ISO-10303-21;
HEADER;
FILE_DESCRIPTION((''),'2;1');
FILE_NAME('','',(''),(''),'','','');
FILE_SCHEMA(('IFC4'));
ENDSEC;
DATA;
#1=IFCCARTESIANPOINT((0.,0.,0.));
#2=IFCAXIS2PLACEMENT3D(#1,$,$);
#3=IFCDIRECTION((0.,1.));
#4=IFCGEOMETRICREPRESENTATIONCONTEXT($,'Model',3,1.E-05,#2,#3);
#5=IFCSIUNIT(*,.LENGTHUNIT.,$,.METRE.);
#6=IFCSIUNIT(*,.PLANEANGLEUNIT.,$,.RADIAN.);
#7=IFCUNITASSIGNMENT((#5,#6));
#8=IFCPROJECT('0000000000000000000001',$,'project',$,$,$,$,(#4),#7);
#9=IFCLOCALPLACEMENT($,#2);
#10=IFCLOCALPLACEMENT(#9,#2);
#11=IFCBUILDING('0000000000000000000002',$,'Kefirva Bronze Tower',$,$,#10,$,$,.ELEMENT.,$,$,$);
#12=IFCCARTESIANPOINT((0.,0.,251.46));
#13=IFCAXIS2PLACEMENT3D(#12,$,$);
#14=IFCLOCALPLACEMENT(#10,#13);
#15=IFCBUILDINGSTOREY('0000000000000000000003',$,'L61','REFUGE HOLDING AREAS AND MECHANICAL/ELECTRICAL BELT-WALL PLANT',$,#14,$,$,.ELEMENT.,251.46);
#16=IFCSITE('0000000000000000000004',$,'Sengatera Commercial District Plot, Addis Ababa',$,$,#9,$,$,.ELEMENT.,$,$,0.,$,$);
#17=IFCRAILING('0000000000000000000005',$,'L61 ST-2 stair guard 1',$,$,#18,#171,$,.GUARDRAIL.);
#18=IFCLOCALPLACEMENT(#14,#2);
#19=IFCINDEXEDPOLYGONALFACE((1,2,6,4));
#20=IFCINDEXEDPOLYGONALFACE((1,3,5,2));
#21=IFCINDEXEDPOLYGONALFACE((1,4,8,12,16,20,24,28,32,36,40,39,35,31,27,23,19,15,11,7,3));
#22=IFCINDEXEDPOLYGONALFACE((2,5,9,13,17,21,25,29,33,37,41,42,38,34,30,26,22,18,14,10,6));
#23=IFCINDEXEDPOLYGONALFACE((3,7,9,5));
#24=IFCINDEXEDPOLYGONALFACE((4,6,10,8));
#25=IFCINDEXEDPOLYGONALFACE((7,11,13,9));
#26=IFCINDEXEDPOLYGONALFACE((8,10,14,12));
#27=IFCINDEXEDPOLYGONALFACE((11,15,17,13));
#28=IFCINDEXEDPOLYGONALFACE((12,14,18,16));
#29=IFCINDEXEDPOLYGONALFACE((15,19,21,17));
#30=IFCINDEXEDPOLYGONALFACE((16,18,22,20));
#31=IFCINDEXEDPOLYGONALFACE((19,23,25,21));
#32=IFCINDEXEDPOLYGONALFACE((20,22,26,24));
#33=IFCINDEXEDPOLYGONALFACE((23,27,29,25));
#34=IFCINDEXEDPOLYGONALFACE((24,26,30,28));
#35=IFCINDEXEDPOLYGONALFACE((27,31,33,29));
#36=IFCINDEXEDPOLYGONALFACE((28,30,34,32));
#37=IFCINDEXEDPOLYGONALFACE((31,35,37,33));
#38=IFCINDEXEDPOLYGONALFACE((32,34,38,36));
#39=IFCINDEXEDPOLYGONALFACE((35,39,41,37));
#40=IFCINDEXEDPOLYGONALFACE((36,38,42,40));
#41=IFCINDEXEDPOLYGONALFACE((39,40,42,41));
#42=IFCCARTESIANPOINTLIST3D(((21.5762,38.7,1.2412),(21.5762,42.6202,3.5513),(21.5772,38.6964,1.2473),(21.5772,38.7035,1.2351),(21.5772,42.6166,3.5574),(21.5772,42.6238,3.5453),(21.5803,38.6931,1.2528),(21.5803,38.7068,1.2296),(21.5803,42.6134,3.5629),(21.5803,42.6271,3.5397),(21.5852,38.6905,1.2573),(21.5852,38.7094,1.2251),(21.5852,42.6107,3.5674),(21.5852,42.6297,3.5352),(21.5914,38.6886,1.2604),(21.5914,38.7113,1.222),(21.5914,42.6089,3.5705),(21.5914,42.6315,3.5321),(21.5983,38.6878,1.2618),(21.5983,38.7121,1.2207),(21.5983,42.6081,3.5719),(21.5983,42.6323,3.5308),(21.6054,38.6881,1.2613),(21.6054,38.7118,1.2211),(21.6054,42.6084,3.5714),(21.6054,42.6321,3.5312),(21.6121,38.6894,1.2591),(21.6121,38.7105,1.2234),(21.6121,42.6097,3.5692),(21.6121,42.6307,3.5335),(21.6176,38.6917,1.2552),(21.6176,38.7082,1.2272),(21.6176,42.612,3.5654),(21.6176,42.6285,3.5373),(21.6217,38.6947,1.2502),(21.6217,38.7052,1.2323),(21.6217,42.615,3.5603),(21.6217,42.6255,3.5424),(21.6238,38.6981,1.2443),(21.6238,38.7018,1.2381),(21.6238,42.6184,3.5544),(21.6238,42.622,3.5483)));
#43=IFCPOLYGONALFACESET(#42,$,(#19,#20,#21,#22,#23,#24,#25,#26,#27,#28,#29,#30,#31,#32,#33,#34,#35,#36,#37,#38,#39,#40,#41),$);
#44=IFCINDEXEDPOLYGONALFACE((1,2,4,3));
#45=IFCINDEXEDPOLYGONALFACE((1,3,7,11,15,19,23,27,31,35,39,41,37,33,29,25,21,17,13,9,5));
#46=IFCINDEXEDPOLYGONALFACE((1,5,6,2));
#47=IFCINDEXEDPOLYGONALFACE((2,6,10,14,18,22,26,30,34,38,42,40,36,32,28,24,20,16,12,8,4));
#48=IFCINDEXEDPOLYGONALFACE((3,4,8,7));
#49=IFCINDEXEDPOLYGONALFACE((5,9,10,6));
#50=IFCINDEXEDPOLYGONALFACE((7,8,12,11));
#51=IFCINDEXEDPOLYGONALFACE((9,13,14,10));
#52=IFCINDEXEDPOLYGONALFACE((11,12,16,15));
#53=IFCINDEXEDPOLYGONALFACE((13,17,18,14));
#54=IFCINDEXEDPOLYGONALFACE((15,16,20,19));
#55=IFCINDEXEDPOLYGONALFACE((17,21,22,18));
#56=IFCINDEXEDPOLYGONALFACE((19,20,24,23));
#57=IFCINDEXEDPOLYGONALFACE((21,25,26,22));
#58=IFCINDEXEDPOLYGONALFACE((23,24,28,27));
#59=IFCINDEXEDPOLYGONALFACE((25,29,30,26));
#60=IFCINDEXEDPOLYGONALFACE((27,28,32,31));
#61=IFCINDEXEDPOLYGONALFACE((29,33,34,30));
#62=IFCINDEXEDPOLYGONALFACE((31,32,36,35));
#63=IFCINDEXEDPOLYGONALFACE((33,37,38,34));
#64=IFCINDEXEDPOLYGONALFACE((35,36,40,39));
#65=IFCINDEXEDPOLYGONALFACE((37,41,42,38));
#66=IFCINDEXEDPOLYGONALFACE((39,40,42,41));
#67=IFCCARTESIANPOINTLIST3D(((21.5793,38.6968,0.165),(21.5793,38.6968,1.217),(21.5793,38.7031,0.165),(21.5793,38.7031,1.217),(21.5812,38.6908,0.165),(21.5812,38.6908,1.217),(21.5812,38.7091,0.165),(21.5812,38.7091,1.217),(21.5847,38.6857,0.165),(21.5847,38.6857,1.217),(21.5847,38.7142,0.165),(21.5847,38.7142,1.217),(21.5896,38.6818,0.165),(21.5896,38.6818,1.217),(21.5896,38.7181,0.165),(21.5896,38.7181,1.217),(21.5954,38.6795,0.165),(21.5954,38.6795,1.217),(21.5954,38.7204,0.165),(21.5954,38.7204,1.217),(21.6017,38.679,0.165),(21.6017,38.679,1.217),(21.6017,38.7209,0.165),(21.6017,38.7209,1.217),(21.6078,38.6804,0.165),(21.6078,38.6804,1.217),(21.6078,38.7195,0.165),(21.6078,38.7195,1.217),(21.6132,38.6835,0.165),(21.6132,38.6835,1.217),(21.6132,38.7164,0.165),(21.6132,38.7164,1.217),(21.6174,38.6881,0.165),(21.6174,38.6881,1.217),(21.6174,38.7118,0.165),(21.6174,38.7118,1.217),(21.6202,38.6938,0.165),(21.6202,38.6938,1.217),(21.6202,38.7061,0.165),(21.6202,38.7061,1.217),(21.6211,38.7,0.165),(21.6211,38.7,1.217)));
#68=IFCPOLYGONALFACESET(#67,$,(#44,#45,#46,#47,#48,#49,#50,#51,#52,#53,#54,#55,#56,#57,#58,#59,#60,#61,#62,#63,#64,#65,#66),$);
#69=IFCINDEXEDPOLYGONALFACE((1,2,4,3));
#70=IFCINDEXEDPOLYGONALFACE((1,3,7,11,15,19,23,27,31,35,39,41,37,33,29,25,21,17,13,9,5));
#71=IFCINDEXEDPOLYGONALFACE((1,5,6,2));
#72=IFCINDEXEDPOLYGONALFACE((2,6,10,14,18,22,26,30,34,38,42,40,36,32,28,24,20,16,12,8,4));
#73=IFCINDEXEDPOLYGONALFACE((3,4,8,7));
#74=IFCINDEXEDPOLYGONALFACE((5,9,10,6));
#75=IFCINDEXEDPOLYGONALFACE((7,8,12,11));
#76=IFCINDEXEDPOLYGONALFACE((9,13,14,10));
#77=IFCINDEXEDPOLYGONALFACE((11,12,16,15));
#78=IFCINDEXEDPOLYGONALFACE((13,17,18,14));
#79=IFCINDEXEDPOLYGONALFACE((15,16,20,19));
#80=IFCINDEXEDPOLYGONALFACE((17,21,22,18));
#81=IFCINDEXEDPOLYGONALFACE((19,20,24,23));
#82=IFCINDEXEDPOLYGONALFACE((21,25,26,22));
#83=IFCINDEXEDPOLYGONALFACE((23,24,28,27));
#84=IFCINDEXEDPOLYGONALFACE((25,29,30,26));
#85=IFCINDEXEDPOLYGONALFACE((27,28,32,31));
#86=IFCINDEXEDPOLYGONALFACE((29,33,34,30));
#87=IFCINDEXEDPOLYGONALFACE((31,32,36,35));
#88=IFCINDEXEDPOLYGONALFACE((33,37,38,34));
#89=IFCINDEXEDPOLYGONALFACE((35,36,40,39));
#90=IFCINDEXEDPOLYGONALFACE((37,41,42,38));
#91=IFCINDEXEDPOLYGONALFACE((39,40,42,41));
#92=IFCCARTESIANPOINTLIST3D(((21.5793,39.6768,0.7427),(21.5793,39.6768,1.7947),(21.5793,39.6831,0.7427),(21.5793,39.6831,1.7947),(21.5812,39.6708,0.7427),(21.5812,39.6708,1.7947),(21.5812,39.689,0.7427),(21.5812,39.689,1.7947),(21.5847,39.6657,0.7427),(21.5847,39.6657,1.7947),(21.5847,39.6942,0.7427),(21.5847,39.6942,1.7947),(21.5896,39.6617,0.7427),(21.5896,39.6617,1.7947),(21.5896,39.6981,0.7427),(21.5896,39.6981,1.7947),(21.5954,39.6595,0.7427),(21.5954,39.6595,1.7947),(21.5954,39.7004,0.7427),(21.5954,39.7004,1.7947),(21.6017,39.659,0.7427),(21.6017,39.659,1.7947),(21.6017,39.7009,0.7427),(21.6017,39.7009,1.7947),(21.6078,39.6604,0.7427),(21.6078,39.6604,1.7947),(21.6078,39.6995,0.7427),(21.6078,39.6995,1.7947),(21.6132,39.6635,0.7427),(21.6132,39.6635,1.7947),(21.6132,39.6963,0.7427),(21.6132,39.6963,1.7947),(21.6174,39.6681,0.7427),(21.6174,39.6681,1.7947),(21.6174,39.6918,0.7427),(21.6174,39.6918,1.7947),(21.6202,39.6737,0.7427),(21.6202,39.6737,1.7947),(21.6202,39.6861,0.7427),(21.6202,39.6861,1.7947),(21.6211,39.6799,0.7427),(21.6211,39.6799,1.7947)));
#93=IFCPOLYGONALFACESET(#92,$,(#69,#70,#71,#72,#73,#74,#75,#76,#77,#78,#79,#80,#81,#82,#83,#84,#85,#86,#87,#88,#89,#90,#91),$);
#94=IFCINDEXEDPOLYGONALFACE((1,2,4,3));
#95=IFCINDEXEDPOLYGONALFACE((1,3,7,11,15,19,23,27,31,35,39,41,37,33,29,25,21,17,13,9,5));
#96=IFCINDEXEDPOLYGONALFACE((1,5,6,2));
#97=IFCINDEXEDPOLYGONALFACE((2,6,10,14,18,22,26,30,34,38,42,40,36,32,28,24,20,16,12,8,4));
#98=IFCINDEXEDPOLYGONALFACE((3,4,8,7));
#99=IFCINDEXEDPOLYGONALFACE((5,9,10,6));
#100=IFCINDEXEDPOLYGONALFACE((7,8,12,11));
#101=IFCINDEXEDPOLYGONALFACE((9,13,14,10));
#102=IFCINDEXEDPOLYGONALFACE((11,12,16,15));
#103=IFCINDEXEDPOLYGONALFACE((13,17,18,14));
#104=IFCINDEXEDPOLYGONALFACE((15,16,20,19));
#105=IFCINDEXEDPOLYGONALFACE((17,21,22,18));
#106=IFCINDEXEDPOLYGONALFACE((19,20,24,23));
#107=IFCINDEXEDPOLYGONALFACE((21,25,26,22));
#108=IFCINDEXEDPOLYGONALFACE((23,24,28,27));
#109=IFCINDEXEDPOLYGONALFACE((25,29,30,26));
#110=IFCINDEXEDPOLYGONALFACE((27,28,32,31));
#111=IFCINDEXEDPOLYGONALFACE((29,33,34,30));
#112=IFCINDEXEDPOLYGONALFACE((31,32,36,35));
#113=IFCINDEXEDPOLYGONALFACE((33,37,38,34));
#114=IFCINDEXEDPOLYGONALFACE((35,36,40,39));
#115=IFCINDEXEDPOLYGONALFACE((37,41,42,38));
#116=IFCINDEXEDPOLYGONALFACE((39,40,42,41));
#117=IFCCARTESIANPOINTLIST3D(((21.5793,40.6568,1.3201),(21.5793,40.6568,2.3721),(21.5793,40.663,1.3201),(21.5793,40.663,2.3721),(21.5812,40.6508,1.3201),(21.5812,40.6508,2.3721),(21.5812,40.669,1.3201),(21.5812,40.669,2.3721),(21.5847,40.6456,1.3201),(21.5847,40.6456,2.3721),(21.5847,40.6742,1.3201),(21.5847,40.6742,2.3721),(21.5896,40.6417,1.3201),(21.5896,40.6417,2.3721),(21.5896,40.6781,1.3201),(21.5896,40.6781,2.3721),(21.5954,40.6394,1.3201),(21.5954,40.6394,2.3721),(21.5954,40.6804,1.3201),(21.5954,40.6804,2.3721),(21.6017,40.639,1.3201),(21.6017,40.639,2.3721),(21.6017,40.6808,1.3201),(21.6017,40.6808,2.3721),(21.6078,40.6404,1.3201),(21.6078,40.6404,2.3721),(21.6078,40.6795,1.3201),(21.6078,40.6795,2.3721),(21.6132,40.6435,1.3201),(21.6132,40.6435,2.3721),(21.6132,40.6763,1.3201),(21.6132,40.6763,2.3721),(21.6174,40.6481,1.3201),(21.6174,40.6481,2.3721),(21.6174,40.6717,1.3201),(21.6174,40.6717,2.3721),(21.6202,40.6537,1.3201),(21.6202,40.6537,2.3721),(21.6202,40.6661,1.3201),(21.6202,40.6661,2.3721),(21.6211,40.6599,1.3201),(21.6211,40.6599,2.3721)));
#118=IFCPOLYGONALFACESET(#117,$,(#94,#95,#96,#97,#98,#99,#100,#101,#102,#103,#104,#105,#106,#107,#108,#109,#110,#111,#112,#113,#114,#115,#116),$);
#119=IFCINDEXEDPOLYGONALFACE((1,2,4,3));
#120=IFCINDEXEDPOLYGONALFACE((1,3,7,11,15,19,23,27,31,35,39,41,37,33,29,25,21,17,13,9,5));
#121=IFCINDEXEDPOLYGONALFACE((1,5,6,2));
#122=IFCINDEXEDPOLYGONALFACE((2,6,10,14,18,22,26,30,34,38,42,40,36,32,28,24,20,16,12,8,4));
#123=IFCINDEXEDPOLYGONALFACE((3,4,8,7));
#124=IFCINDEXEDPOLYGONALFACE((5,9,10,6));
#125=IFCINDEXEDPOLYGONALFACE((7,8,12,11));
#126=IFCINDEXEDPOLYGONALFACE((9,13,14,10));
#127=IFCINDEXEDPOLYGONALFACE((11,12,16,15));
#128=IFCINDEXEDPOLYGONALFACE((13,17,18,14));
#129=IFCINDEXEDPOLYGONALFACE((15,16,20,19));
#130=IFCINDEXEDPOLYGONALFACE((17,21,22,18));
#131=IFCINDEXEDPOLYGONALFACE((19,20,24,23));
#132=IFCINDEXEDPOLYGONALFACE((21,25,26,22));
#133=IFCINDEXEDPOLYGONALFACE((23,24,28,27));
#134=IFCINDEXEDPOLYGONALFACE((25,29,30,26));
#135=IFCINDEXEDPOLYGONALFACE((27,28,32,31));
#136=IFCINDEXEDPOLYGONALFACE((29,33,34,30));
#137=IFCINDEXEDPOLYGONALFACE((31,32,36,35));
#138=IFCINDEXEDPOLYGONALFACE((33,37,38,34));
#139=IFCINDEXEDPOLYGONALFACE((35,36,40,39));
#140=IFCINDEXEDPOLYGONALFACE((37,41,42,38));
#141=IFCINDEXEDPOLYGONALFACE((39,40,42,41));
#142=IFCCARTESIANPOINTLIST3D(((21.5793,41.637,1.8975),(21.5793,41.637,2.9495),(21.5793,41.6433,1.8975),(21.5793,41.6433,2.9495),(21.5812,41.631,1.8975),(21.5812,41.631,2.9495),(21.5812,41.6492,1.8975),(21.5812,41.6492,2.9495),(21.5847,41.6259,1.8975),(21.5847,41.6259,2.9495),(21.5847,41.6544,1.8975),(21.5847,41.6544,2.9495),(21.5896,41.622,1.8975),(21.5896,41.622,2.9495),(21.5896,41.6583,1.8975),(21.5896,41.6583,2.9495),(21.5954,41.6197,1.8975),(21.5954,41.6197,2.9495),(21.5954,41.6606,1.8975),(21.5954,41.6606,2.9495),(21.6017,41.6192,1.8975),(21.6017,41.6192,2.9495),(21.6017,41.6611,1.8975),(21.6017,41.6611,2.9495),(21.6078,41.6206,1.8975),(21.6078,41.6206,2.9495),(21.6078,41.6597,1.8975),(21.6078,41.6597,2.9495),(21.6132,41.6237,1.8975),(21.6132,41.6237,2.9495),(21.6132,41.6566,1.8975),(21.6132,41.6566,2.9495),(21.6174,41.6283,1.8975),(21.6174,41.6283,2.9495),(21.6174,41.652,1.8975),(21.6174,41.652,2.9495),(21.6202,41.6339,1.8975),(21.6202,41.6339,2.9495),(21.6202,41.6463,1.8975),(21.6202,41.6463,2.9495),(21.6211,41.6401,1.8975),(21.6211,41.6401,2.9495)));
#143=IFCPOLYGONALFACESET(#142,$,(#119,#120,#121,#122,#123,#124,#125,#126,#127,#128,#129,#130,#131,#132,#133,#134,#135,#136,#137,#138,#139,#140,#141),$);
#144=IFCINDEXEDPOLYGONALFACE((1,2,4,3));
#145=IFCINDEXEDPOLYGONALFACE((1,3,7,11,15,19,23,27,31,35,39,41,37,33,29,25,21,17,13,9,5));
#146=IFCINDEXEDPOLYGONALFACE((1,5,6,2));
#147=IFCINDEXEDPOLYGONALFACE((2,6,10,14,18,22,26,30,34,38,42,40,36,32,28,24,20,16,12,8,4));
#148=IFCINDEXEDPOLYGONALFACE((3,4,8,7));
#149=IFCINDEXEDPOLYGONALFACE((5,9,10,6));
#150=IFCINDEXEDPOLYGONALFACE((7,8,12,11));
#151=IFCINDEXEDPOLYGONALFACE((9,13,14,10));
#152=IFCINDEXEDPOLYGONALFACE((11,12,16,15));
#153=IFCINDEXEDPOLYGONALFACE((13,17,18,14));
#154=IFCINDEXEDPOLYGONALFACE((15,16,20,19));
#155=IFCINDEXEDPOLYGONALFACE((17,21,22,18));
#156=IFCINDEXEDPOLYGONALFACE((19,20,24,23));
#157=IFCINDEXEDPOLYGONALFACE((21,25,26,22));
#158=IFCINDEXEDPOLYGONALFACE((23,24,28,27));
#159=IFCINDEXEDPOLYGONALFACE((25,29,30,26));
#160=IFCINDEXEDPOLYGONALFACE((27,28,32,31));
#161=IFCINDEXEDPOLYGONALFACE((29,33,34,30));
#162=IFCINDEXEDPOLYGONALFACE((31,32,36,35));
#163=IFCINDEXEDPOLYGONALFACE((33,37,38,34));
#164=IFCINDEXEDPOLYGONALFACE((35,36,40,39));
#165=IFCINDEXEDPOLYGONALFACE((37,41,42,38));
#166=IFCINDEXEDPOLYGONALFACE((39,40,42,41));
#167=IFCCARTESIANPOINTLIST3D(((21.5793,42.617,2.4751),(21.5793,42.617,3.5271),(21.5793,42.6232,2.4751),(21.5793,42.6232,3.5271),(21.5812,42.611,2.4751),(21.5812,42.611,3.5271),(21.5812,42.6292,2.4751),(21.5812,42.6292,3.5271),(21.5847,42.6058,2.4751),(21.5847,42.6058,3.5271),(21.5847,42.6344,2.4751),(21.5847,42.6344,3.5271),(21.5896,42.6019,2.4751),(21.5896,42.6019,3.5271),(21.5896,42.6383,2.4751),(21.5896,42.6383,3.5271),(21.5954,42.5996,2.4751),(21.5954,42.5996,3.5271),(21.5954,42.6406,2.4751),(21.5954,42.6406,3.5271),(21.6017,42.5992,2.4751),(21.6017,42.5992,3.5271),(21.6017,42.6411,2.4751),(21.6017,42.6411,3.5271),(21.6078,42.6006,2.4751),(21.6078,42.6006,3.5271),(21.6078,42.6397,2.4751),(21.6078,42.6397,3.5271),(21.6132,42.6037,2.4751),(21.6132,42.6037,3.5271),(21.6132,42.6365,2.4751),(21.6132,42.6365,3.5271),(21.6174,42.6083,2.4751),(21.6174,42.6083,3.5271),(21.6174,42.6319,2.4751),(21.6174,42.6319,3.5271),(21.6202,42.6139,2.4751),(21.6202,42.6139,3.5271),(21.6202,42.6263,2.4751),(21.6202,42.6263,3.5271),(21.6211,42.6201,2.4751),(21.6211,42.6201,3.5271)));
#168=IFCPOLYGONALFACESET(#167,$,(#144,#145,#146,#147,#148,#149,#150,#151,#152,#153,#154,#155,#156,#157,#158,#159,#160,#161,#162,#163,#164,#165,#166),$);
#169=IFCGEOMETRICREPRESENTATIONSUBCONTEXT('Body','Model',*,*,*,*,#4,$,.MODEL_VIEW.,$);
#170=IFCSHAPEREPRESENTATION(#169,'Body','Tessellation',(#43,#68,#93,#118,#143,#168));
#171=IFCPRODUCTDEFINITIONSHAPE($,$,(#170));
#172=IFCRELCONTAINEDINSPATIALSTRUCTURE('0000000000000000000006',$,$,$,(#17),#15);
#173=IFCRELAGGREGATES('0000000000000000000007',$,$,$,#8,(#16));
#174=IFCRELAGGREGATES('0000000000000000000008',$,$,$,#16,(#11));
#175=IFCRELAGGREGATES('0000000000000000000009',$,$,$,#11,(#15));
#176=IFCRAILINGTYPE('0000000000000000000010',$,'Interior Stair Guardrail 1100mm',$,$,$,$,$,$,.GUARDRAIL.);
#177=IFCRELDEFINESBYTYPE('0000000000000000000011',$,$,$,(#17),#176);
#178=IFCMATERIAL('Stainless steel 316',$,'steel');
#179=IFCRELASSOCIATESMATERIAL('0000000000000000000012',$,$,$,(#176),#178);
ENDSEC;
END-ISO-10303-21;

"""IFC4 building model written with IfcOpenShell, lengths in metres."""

from ifc_helpers import new_model, si_unit, direction, frame, origin, origin_2d, place, context, subcontext, project, spatial, circle, extrude, material, type_object, element, save


model = new_model("IFC4")

# Units and contexts
model_context = context("Model", 3, precision=1e-05, world=origin(), true_north=direction((0.0, 1.0)))
body_context = subcontext(model_context, "Body", "Model", "MODEL_VIEW")
ifc_project = project(units=[si_unit("LENGTHUNIT", "METRE"), si_unit("PLANEANGLEUNIT", "RADIAN")], contexts=[model_context])

# Site, building, storey
site_placement = place(None, origin())
site = spatial("IfcSite", under=ifc_project, at=site_placement, Name="Sengatera Commercial District Plot, Addis Ababa", CompositionType="ELEMENT", RefElevation=0.0)
building_placement = place(site_placement, origin())
building = spatial("IfcBuilding", under=site, at=building_placement, Name="Kefirva Bronze Tower", CompositionType="ELEMENT")
storey_placement = place(building_placement, frame((0.0, 0.0, 251.46)))
storey = spatial("IfcBuildingStorey", under=building, at=storey_placement, Name="L61", Description="REFUGE HOLDING AREAS AND MECHANICAL/ELECTRICAL BELT-WALL PLANT", CompositionType="ELEMENT", Elevation=251.46)

# Railing
ifc_material_1 = material(Name="Stainless steel 316", Category="steel")
railing_type_1 = type_object("IfcRailingType", Name="Interior Stair Guardrail 1100mm", PredefinedType="GUARDRAIL", material=ifc_material_1)
railing_1_placement = place(storey_placement, frame((21.6001, 38.7, 0.165)))
element("IfcRailing", 1, at=railing_1_placement, inside=storey, type_object=railing_type_1, Name="L61 ST-2 stair guard 1", PredefinedType="GUARDRAIL", context=body_context, shape_type="SweptSolid", body=[
    extrude(circle(Radius=0.0239, at=origin_2d()), frame((0.0, 0.0, 1.0762), z_axis=(0.0, 0.861542, 0.507686), x_axis=(-1.0, 0.0, 0.0)), (0.0, 0.0, 1.0), 4.5503),
    extrude(circle(Radius=0.021, at=origin_2d()), origin(), (0.0, 0.0, 1.0), 1.052),
    extrude(circle(Radius=0.021, at=origin_2d()), frame((0.0, 0.98, 0.5776)), (0.0, 0.0, 1.0), 1.052),
    extrude(circle(Radius=0.021, at=origin_2d()), frame((0.0, 1.96, 1.155)), (0.0, 0.0, 1.0), 1.052),
    extrude(circle(Radius=0.021, at=origin_2d()), frame((0.0, 2.9402, 1.7324)), (0.0, 0.0, 1.0), 1.052),
    extrude(circle(Radius=0.021, at=origin_2d()), frame((0.0, 3.9202, 2.3101)), (0.0, 0.0, 1.0), 1.052),
])

save(model, "model.ifc")
